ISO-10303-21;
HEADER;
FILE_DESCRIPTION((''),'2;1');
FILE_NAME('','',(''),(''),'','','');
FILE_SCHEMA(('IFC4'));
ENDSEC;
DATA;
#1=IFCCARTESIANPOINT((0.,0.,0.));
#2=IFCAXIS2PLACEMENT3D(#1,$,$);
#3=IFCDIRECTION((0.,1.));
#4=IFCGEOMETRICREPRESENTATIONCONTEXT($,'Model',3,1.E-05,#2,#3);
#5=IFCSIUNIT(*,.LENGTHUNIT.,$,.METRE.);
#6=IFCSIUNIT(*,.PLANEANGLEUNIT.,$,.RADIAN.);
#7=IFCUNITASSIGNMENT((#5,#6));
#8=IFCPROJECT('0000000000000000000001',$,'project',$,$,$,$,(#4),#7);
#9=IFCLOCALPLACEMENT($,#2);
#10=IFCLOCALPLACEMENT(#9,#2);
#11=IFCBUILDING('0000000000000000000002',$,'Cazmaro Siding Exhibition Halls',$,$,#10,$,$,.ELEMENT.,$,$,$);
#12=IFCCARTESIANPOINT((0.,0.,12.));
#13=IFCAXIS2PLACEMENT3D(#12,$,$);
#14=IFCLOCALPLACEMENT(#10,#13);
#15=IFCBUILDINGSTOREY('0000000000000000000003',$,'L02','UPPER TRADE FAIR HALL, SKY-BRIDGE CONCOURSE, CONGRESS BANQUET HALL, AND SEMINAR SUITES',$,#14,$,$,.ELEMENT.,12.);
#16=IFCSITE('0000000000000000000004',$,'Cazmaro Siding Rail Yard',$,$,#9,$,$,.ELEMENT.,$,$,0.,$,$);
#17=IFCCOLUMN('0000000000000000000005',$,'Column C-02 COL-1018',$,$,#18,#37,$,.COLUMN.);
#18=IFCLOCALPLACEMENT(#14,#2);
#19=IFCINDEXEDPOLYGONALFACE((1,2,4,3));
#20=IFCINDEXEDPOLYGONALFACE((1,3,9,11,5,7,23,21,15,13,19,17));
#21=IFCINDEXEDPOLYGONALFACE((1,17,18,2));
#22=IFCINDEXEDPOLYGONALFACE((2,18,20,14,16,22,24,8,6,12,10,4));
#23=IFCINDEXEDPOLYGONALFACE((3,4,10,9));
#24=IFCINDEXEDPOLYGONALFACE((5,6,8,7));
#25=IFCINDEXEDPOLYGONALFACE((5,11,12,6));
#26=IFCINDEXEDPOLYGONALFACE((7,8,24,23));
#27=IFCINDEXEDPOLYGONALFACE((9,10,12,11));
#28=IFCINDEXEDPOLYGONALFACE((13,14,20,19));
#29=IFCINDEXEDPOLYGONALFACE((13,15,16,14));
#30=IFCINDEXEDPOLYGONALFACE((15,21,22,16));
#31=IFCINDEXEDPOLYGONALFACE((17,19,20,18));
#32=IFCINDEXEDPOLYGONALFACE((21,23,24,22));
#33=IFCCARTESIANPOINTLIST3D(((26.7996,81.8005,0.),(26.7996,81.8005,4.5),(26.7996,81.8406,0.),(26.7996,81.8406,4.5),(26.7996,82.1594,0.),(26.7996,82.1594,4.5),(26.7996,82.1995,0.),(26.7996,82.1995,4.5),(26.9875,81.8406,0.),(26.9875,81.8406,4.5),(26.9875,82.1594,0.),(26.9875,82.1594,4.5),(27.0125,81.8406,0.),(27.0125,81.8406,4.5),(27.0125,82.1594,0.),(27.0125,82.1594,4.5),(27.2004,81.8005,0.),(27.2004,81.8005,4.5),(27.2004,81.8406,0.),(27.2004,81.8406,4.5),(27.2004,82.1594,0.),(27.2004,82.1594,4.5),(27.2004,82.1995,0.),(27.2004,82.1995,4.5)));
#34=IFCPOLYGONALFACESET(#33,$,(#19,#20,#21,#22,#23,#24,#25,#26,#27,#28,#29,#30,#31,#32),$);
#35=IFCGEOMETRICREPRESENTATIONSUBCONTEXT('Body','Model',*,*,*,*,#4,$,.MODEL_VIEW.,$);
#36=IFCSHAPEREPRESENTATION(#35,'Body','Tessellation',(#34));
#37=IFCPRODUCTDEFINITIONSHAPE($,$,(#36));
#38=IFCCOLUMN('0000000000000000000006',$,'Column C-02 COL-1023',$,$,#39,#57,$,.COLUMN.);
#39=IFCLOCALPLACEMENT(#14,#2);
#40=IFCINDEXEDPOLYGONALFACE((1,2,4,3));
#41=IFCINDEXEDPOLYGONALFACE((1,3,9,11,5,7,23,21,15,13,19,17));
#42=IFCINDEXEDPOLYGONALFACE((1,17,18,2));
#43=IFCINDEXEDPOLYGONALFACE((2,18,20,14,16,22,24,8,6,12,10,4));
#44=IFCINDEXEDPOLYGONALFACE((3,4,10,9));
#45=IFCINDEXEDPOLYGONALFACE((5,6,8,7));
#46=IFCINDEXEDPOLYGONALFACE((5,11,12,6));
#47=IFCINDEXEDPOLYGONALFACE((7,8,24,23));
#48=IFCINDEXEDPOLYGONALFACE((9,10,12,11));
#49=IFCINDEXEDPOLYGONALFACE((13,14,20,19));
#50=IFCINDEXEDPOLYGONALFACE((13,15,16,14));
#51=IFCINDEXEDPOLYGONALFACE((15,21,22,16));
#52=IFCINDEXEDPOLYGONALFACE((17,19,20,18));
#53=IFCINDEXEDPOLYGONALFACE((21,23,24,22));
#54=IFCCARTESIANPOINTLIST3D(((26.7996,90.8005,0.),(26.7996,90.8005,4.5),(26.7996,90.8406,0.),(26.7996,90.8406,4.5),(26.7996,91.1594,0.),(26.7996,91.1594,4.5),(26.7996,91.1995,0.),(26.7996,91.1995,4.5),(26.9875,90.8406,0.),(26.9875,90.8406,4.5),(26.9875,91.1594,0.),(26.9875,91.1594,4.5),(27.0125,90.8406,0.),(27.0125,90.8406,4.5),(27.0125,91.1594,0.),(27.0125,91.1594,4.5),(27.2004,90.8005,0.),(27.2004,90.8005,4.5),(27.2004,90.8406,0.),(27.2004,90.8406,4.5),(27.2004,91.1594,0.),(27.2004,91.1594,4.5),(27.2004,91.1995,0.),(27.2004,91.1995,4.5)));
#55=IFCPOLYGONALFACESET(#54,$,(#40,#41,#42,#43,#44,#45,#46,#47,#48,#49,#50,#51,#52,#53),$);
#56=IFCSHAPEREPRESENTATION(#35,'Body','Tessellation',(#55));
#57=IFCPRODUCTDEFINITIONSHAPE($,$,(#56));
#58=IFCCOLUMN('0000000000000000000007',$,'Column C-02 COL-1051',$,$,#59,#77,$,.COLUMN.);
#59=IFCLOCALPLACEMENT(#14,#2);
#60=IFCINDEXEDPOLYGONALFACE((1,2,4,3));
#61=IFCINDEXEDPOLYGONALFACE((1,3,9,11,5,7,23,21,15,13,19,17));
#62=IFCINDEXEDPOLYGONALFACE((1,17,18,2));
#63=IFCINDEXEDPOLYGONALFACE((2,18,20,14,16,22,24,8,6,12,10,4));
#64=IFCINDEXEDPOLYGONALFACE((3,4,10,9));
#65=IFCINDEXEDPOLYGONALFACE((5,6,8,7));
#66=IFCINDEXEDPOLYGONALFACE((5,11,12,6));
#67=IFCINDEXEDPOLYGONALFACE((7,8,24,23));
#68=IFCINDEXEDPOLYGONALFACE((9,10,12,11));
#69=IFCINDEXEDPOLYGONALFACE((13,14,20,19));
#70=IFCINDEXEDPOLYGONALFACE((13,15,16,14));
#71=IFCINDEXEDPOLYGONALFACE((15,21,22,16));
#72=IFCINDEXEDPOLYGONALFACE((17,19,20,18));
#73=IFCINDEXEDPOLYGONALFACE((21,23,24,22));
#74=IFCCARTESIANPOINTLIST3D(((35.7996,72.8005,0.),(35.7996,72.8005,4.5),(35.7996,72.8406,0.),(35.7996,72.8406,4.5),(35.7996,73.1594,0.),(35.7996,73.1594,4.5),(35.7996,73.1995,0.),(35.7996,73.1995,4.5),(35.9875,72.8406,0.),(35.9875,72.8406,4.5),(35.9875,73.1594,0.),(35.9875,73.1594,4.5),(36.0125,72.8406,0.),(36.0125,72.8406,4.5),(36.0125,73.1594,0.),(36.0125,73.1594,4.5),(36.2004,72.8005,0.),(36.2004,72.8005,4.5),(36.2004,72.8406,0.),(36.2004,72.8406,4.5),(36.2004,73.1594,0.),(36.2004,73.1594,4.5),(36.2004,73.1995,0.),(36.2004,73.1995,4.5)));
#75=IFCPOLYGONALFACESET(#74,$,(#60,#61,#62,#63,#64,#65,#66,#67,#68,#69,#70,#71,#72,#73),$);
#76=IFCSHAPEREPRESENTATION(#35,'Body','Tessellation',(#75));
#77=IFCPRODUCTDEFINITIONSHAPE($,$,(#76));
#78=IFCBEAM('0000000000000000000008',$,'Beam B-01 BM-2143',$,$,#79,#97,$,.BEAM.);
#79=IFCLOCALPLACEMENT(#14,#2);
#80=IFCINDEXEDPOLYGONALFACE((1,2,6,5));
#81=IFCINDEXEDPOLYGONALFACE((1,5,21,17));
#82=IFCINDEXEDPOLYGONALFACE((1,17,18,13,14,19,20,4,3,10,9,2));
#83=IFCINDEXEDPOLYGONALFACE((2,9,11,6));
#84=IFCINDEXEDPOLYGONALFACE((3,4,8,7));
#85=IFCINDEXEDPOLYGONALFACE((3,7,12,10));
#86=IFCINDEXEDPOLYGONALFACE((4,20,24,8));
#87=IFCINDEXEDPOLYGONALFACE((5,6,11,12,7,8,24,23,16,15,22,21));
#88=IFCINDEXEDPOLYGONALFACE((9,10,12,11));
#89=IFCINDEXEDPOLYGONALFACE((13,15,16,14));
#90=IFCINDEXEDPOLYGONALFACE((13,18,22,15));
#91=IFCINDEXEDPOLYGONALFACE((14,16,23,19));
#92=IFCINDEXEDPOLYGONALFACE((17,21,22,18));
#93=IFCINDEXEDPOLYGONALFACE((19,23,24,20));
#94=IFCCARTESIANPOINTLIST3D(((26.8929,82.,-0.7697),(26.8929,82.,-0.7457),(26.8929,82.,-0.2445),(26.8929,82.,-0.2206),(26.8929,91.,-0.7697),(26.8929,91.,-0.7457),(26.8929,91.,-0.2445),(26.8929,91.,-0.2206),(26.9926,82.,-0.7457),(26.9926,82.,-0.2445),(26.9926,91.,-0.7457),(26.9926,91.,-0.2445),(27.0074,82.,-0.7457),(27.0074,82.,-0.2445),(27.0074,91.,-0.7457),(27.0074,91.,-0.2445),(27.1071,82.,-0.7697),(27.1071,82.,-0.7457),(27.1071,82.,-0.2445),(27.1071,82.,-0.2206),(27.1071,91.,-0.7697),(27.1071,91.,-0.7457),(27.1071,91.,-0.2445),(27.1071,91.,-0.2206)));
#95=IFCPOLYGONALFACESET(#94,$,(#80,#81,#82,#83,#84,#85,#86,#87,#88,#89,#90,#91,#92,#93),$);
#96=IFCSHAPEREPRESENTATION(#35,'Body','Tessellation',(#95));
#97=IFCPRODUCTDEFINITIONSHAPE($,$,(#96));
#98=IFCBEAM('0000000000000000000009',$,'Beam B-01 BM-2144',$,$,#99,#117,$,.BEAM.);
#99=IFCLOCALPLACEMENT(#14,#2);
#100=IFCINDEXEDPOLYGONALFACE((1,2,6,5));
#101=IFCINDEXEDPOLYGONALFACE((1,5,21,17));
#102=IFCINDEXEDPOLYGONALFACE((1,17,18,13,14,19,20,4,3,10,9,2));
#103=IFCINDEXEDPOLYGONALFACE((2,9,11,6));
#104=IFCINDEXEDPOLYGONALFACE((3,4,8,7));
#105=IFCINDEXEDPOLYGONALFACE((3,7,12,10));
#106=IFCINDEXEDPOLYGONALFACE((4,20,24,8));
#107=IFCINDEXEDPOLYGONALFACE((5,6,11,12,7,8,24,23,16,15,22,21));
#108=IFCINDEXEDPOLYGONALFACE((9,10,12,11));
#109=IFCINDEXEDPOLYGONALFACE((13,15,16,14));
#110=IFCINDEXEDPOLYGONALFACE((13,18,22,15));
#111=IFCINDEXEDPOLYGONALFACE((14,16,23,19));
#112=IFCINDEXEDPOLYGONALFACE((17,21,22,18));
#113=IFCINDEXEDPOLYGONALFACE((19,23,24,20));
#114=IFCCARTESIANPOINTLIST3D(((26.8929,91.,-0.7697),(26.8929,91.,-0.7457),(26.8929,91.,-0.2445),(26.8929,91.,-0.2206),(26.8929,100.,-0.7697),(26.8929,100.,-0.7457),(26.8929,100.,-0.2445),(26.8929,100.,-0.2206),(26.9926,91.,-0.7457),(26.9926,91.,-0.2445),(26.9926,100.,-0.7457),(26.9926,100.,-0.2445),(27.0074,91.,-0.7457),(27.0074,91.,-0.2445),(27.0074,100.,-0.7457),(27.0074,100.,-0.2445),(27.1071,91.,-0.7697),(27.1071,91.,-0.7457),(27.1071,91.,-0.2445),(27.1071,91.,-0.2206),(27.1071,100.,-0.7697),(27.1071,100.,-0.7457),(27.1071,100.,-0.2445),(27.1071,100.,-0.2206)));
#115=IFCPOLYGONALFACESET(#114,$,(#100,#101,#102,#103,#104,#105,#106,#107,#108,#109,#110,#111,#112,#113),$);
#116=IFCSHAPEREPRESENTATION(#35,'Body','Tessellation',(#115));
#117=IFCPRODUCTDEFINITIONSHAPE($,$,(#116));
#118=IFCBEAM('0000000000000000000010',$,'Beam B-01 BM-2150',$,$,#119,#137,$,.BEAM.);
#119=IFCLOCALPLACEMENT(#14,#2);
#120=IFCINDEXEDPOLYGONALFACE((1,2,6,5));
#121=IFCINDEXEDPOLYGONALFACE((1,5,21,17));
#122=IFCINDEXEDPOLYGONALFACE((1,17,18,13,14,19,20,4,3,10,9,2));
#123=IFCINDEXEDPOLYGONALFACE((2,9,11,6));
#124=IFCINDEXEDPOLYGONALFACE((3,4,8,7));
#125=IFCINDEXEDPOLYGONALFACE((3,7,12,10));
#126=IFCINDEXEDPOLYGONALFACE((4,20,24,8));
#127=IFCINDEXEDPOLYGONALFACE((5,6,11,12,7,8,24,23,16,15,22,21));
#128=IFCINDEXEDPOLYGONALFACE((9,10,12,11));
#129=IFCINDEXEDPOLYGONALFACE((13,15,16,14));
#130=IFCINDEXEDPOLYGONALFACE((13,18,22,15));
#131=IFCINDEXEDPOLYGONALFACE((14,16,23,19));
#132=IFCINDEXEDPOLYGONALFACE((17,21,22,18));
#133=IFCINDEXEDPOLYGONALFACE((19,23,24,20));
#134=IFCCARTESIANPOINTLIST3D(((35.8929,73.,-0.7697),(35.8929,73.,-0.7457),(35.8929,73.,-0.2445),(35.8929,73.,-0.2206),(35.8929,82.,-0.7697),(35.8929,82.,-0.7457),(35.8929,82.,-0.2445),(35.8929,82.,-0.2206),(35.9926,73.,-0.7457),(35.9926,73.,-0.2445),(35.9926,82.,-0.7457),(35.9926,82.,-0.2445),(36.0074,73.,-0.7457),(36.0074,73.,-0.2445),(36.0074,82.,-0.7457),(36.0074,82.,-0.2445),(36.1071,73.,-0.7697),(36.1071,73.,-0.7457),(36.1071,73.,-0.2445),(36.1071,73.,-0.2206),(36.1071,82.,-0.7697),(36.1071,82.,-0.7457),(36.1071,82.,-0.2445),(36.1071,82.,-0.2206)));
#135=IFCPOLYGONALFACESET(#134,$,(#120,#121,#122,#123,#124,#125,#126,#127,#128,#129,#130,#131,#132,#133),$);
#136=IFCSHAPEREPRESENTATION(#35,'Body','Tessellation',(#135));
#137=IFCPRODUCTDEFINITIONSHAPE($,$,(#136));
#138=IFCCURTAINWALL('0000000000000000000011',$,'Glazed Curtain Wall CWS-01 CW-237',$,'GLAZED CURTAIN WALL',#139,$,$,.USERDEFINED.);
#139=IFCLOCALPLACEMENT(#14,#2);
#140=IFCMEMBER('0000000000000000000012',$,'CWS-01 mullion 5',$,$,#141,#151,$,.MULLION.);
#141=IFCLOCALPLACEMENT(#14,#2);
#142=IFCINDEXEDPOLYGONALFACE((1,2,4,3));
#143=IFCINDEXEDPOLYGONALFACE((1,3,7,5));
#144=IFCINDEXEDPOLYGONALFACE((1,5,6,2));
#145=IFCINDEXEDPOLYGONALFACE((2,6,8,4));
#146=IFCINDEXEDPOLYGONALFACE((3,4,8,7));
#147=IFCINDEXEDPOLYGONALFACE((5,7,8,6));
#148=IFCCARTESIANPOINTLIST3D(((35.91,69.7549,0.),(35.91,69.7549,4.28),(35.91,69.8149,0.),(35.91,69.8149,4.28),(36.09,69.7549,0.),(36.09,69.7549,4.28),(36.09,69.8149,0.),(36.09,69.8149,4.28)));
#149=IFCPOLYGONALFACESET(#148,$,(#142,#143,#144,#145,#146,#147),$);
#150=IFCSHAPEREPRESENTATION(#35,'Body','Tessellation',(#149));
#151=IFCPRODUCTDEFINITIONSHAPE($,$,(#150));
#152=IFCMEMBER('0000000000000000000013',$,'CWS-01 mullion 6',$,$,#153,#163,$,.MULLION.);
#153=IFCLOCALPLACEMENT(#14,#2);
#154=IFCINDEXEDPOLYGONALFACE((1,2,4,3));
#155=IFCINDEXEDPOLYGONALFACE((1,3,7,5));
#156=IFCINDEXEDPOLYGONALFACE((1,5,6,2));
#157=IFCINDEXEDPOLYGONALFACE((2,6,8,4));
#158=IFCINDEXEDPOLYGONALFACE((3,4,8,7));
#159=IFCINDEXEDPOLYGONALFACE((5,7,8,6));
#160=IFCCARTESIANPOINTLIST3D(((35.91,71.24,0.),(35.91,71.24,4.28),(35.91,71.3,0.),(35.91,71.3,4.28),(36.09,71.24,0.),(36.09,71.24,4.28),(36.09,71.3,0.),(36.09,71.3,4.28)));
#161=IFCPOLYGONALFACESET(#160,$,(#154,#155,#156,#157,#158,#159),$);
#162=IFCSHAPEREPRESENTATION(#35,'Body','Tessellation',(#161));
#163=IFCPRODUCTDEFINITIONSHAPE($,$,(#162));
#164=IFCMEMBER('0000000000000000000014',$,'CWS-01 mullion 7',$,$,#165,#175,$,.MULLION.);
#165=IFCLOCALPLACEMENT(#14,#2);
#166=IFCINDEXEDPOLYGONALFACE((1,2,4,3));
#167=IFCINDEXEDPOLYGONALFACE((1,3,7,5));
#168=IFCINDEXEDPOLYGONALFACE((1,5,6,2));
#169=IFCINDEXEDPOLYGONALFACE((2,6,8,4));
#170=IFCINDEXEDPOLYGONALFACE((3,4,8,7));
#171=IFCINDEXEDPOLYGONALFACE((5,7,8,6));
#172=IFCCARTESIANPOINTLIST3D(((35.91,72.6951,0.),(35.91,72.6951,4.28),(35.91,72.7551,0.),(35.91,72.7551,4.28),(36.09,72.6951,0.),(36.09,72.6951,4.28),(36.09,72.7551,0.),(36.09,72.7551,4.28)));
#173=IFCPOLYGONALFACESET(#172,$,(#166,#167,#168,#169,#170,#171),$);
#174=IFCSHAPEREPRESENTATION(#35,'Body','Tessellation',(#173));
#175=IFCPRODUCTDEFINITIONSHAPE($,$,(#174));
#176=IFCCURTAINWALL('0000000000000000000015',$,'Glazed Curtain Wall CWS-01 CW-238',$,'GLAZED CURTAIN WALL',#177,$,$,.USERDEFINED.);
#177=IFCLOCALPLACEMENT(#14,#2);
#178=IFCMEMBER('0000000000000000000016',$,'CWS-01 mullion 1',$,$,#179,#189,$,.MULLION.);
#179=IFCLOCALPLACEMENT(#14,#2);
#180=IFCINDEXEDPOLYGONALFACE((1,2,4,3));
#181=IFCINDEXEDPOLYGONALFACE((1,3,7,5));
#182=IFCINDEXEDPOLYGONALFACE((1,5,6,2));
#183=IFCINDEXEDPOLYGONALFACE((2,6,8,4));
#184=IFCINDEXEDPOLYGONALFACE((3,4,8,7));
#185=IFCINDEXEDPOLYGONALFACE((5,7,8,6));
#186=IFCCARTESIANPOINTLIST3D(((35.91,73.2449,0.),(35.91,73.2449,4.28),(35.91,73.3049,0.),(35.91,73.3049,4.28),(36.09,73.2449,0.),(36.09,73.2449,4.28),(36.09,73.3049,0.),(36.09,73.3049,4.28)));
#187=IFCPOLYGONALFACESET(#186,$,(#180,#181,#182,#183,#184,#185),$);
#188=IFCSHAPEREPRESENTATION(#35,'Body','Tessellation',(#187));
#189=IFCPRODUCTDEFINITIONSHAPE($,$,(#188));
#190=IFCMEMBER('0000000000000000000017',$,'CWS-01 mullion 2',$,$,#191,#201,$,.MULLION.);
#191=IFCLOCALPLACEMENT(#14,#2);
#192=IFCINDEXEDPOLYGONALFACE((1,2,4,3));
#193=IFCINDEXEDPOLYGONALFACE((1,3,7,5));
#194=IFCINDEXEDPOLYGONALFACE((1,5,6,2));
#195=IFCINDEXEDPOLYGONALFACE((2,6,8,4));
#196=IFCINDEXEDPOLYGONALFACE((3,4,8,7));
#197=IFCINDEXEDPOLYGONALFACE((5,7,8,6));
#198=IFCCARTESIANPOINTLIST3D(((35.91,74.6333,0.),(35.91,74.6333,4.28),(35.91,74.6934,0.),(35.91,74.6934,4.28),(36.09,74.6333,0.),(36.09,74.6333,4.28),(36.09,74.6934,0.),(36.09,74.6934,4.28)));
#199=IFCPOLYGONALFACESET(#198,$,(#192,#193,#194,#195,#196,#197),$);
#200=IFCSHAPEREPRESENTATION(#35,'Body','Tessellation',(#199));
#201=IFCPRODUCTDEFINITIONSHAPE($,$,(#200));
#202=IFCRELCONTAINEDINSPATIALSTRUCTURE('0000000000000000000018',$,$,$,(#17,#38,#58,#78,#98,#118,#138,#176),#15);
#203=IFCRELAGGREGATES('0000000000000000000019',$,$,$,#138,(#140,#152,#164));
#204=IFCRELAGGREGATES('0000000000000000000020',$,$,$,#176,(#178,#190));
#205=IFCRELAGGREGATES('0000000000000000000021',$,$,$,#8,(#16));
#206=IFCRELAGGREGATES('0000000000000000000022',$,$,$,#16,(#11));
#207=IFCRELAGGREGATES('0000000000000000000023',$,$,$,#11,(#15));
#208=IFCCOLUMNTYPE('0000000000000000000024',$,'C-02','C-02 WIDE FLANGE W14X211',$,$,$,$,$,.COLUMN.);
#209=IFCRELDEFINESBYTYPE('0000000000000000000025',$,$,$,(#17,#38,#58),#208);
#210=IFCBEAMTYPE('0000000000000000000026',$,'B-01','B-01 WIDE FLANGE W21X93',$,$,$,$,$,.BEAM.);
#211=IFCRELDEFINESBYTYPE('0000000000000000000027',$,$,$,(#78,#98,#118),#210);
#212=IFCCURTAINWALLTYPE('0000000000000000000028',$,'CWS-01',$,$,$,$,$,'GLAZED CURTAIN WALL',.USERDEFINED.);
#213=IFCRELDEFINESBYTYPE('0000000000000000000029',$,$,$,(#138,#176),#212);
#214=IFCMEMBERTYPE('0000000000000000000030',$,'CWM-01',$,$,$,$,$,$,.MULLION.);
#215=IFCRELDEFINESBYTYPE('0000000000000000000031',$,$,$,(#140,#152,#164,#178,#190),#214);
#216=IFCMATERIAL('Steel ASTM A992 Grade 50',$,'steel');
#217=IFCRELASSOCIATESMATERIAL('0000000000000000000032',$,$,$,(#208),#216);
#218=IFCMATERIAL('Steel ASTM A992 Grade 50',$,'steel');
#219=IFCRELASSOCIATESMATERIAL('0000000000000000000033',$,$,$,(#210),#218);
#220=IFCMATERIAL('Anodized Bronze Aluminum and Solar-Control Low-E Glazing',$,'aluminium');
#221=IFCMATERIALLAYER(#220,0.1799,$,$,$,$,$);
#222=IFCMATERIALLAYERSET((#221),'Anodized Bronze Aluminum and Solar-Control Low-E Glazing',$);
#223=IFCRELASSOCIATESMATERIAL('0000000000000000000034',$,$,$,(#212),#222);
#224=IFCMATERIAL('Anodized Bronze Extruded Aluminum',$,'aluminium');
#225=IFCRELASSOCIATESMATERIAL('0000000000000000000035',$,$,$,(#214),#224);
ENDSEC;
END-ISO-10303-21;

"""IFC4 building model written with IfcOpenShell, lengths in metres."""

from ifc_helpers import new_model, si_unit, direction, frame, origin, origin_2d, place, context, subcontext, project, spatial, rectangle, i_section, extrude, material, layer, layer_set, material_profile, profile_set, type_object, element, aggregate, save


model = new_model("IFC4")

# Units and contexts
model_context = context("Model", 3, precision=1e-05, world=origin(), true_north=direction((0.0, 1.0)))
body_context = subcontext(model_context, "Body", "Model", "MODEL_VIEW")
ifc_project = project(units=[si_unit("LENGTHUNIT", "METRE"), si_unit("PLANEANGLEUNIT", "RADIAN")], contexts=[model_context])

# Site, building, storey
site_placement = place(None, origin())
site = spatial("IfcSite", under=ifc_project, at=site_placement, Name="Cazmaro Siding Rail Yard", CompositionType="ELEMENT", RefElevation=0.0)
building_placement = place(site_placement, origin())
building = spatial("IfcBuilding", under=site, at=building_placement, Name="Cazmaro Siding Exhibition Halls", CompositionType="ELEMENT")
storey_placement = place(building_placement, frame((0.0, 0.0, 12.0)))
storey = spatial("IfcBuildingStorey", under=building, at=storey_placement, Name="L02", Description="UPPER TRADE FAIR HALL, SKY-BRIDGE CONCOURSE, CONGRESS BANQUET HALL, AND SEMINAR SUITES", CompositionType="ELEMENT", Elevation=12.0)

# Columns
ifc_material_1 = material(Name="Steel ASTM A992 Grade 50", Category="steel")
ifc_material_profile_1 = material_profile(ifc_material_1, i_section(OverallWidth=0.4009, OverallDepth=0.3989, WebThickness=0.0249, FlangeThickness=0.04, at=origin_2d()), Name="W14X211")
ifc_profile_set_1 = profile_set([ifc_material_profile_1], Name="Steel ASTM A992 Grade 50")
column_type = type_object("IfcColumnType", Name="C-02", Description="C-02 WIDE FLANGE W14X211", PredefinedType="COLUMN", material=ifc_profile_set_1)
for number, where, z_axis, x_axis, name in (
    (1, (27.0, 82.0, 0.0), (0.0, 0.0, 1.0), (1.0, 0.0, 0.0), "Column C-02 COL-1018"),
    (2, (27.0, 91.0, 0.0), (0.0, 0.0, 1.0), (1.0, 0.0, 0.0), "Column C-02 COL-1023"),
    (3, (36.0, 73.0, 0.0), (0.0, 0.0, 1.0), (1.0, 0.0, 0.0), "Column C-02 COL-1051"),
):
    element("IfcColumn", number, at=place(storey_placement, frame(where, z_axis=z_axis, x_axis=x_axis)), inside=storey, type_object=column_type, Name=name, PredefinedType="COLUMN", context=body_context, shape_type="SweptSolid", body=[
        extrude(i_section(OverallWidth=0.4009, OverallDepth=0.3989, WebThickness=0.0249, FlangeThickness=0.04, at=origin_2d()), origin(), (0.0, 0.0, 1.0), 4.5),
    ])

# Beams
ifc_material_2 = material(Name="Steel ASTM A992 Grade 50", Category="steel")
ifc_material_profile_2 = material_profile(ifc_material_2, i_section(OverallWidth=0.2141, OverallDepth=0.5491, WebThickness=0.0149, FlangeThickness=0.0239, at=origin_2d()), Name="W21X93")
ifc_profile_set_2 = profile_set([ifc_material_profile_2], Name="Steel ASTM A992 Grade 50")
beam_type_1 = type_object("IfcBeamType", Name="B-01", Description="B-01 WIDE FLANGE W21X93", PredefinedType="BEAM", material=ifc_profile_set_2)
for number, where, z_axis, x_axis, name in (
    (4, (27.0, 82.0, -0.4951), (0.0, 1.0, 0.0), (-1.0, 0.0, 0.0), "Beam B-01 BM-2143"),
    (5, (27.0, 91.0, -0.4951), (0.0, 1.0, 0.0), (-1.0, 0.0, 0.0), "Beam B-01 BM-2144"),
    (6, (36.0, 73.0, -0.4951), (0.0, 1.0, 0.0), (-1.0, 0.0, 0.0), "Beam B-01 BM-2150"),
):
    element("IfcBeam", number, at=place(storey_placement, frame(where, z_axis=z_axis, x_axis=x_axis)), inside=storey, type_object=beam_type_1, Name=name, PredefinedType="BEAM", context=body_context, shape_type="SweptSolid", body=[
        extrude(i_section(OverallWidth=0.2141, OverallDepth=0.5491, WebThickness=0.0149, FlangeThickness=0.0239, at=origin_2d()), origin(), (0.0, 0.0, 1.0), 9.0),
    ])

# Curtain walls, members
ifc_material_3 = material(Name="Anodized Bronze Aluminum and Solar-Control Low-E Glazing", Category="aluminium")
ifc_layer_1 = layer(ifc_material_3, 0.1799)
ifc_layer_set_1 = layer_set([ifc_layer_1], Name="Anodized Bronze Aluminum and Solar-Control Low-E Glazing")
curtain_wall_type = type_object("IfcCurtainWallType", Name="CWS-01", ElementType="GLAZED CURTAIN WALL", PredefinedType="USERDEFINED", material=ifc_layer_set_1)
curtain_wall_1_placement = place(storey_placement, origin())
curtain_wall_1 = element("IfcCurtainWall", 7, at=curtain_wall_1_placement, inside=storey, type_object=curtain_wall_type, Name="Glazed Curtain Wall CWS-01 CW-237", ObjectType="GLAZED CURTAIN WALL", PredefinedType="USERDEFINED")
ifc_material_4 = material(Name="Anodized Bronze Extruded Aluminum", Category="aluminium")
ifc_material_profile_3 = material_profile(ifc_material_4, rectangle(XDim=0.1799, YDim=0.0601, at=origin_2d()), Name="CWM-01")
ifc_profile_set_3 = profile_set([ifc_material_profile_3], Name="Anodized Bronze Extruded Aluminum")
member_type_1 = type_object("IfcMemberType", Name="CWM-01", PredefinedType="MULLION", material=ifc_profile_set_3)
member_1_placement = place(storey_placement, frame((36.0, 69.7849, 0.0), z_axis=(0.0, 0.0, 1.0), x_axis=(-1.0, 0.0, 0.0)))
member_1 = element("IfcMember", 8, at=member_1_placement, type_object=member_type_1, Name="CWS-01 mullion 5", PredefinedType="MULLION", context=body_context, shape_type="SweptSolid", body=[
    extrude(rectangle(XDim=0.1799, YDim=0.0601, at=origin_2d()), origin(), (0.0, 0.0, 1.0), 4.28),
])
member_2_placement = place(storey_placement, frame((36.0, 71.27, 0.0), z_axis=(0.0, 0.0, 1.0), x_axis=(-1.0, 0.0, 0.0)))
member_2 = element("IfcMember", 9, at=member_2_placement, type_object=member_type_1, Name="CWS-01 mullion 6", PredefinedType="MULLION", context=body_context, shape_type="SweptSolid", body=[
    extrude(rectangle(XDim=0.1799, YDim=0.0601, at=origin_2d()), origin(), (0.0, 0.0, 1.0), 4.28),
])
member_3_placement = place(storey_placement, frame((36.0, 72.7251, 0.0), z_axis=(0.0, 0.0, 1.0), x_axis=(-1.0, 0.0, 0.0)))
member_3 = element("IfcMember", 10, at=member_3_placement, type_object=member_type_1, Name="CWS-01 mullion 7", PredefinedType="MULLION", context=body_context, shape_type="SweptSolid", body=[
    extrude(rectangle(XDim=0.1799, YDim=0.0601, at=origin_2d()), origin(), (0.0, 0.0, 1.0), 4.28),
])
curtain_wall_2_placement = place(storey_placement, origin())
curtain_wall_2 = element("IfcCurtainWall", 11, at=curtain_wall_2_placement, inside=storey, type_object=curtain_wall_type, Name="Glazed Curtain Wall CWS-01 CW-238", ObjectType="GLAZED CURTAIN WALL", PredefinedType="USERDEFINED")
member_4_placement = place(storey_placement, frame((36.0, 73.2749, 0.0), z_axis=(0.0, 0.0, 1.0), x_axis=(-1.0, 0.0, 0.0)))
member_4 = element("IfcMember", 12, at=member_4_placement, type_object=member_type_1, Name="CWS-01 mullion 1", PredefinedType="MULLION", context=body_context, shape_type="SweptSolid", body=[
    extrude(rectangle(XDim=0.1799, YDim=0.0601, at=origin_2d()), origin(), (0.0, 0.0, 1.0), 4.28),
])
member_5_placement = place(storey_placement, frame((36.0, 74.6633, 0.0), z_axis=(0.0, 0.0, 1.0), x_axis=(-1.0, 0.0, 0.0)))
member_5 = element("IfcMember", 13, at=member_5_placement, type_object=member_type_1, Name="CWS-01 mullion 2", PredefinedType="MULLION", context=body_context, shape_type="SweptSolid", body=[
    extrude(rectangle(XDim=0.1799, YDim=0.0601, at=origin_2d()), origin(), (0.0, 0.0, 1.0), 4.28),
])

aggregate(curtain_wall_1, [member_1, member_2, member_3])
aggregate(curtain_wall_2, [member_4, member_5])

save(model, "model.ifc")
